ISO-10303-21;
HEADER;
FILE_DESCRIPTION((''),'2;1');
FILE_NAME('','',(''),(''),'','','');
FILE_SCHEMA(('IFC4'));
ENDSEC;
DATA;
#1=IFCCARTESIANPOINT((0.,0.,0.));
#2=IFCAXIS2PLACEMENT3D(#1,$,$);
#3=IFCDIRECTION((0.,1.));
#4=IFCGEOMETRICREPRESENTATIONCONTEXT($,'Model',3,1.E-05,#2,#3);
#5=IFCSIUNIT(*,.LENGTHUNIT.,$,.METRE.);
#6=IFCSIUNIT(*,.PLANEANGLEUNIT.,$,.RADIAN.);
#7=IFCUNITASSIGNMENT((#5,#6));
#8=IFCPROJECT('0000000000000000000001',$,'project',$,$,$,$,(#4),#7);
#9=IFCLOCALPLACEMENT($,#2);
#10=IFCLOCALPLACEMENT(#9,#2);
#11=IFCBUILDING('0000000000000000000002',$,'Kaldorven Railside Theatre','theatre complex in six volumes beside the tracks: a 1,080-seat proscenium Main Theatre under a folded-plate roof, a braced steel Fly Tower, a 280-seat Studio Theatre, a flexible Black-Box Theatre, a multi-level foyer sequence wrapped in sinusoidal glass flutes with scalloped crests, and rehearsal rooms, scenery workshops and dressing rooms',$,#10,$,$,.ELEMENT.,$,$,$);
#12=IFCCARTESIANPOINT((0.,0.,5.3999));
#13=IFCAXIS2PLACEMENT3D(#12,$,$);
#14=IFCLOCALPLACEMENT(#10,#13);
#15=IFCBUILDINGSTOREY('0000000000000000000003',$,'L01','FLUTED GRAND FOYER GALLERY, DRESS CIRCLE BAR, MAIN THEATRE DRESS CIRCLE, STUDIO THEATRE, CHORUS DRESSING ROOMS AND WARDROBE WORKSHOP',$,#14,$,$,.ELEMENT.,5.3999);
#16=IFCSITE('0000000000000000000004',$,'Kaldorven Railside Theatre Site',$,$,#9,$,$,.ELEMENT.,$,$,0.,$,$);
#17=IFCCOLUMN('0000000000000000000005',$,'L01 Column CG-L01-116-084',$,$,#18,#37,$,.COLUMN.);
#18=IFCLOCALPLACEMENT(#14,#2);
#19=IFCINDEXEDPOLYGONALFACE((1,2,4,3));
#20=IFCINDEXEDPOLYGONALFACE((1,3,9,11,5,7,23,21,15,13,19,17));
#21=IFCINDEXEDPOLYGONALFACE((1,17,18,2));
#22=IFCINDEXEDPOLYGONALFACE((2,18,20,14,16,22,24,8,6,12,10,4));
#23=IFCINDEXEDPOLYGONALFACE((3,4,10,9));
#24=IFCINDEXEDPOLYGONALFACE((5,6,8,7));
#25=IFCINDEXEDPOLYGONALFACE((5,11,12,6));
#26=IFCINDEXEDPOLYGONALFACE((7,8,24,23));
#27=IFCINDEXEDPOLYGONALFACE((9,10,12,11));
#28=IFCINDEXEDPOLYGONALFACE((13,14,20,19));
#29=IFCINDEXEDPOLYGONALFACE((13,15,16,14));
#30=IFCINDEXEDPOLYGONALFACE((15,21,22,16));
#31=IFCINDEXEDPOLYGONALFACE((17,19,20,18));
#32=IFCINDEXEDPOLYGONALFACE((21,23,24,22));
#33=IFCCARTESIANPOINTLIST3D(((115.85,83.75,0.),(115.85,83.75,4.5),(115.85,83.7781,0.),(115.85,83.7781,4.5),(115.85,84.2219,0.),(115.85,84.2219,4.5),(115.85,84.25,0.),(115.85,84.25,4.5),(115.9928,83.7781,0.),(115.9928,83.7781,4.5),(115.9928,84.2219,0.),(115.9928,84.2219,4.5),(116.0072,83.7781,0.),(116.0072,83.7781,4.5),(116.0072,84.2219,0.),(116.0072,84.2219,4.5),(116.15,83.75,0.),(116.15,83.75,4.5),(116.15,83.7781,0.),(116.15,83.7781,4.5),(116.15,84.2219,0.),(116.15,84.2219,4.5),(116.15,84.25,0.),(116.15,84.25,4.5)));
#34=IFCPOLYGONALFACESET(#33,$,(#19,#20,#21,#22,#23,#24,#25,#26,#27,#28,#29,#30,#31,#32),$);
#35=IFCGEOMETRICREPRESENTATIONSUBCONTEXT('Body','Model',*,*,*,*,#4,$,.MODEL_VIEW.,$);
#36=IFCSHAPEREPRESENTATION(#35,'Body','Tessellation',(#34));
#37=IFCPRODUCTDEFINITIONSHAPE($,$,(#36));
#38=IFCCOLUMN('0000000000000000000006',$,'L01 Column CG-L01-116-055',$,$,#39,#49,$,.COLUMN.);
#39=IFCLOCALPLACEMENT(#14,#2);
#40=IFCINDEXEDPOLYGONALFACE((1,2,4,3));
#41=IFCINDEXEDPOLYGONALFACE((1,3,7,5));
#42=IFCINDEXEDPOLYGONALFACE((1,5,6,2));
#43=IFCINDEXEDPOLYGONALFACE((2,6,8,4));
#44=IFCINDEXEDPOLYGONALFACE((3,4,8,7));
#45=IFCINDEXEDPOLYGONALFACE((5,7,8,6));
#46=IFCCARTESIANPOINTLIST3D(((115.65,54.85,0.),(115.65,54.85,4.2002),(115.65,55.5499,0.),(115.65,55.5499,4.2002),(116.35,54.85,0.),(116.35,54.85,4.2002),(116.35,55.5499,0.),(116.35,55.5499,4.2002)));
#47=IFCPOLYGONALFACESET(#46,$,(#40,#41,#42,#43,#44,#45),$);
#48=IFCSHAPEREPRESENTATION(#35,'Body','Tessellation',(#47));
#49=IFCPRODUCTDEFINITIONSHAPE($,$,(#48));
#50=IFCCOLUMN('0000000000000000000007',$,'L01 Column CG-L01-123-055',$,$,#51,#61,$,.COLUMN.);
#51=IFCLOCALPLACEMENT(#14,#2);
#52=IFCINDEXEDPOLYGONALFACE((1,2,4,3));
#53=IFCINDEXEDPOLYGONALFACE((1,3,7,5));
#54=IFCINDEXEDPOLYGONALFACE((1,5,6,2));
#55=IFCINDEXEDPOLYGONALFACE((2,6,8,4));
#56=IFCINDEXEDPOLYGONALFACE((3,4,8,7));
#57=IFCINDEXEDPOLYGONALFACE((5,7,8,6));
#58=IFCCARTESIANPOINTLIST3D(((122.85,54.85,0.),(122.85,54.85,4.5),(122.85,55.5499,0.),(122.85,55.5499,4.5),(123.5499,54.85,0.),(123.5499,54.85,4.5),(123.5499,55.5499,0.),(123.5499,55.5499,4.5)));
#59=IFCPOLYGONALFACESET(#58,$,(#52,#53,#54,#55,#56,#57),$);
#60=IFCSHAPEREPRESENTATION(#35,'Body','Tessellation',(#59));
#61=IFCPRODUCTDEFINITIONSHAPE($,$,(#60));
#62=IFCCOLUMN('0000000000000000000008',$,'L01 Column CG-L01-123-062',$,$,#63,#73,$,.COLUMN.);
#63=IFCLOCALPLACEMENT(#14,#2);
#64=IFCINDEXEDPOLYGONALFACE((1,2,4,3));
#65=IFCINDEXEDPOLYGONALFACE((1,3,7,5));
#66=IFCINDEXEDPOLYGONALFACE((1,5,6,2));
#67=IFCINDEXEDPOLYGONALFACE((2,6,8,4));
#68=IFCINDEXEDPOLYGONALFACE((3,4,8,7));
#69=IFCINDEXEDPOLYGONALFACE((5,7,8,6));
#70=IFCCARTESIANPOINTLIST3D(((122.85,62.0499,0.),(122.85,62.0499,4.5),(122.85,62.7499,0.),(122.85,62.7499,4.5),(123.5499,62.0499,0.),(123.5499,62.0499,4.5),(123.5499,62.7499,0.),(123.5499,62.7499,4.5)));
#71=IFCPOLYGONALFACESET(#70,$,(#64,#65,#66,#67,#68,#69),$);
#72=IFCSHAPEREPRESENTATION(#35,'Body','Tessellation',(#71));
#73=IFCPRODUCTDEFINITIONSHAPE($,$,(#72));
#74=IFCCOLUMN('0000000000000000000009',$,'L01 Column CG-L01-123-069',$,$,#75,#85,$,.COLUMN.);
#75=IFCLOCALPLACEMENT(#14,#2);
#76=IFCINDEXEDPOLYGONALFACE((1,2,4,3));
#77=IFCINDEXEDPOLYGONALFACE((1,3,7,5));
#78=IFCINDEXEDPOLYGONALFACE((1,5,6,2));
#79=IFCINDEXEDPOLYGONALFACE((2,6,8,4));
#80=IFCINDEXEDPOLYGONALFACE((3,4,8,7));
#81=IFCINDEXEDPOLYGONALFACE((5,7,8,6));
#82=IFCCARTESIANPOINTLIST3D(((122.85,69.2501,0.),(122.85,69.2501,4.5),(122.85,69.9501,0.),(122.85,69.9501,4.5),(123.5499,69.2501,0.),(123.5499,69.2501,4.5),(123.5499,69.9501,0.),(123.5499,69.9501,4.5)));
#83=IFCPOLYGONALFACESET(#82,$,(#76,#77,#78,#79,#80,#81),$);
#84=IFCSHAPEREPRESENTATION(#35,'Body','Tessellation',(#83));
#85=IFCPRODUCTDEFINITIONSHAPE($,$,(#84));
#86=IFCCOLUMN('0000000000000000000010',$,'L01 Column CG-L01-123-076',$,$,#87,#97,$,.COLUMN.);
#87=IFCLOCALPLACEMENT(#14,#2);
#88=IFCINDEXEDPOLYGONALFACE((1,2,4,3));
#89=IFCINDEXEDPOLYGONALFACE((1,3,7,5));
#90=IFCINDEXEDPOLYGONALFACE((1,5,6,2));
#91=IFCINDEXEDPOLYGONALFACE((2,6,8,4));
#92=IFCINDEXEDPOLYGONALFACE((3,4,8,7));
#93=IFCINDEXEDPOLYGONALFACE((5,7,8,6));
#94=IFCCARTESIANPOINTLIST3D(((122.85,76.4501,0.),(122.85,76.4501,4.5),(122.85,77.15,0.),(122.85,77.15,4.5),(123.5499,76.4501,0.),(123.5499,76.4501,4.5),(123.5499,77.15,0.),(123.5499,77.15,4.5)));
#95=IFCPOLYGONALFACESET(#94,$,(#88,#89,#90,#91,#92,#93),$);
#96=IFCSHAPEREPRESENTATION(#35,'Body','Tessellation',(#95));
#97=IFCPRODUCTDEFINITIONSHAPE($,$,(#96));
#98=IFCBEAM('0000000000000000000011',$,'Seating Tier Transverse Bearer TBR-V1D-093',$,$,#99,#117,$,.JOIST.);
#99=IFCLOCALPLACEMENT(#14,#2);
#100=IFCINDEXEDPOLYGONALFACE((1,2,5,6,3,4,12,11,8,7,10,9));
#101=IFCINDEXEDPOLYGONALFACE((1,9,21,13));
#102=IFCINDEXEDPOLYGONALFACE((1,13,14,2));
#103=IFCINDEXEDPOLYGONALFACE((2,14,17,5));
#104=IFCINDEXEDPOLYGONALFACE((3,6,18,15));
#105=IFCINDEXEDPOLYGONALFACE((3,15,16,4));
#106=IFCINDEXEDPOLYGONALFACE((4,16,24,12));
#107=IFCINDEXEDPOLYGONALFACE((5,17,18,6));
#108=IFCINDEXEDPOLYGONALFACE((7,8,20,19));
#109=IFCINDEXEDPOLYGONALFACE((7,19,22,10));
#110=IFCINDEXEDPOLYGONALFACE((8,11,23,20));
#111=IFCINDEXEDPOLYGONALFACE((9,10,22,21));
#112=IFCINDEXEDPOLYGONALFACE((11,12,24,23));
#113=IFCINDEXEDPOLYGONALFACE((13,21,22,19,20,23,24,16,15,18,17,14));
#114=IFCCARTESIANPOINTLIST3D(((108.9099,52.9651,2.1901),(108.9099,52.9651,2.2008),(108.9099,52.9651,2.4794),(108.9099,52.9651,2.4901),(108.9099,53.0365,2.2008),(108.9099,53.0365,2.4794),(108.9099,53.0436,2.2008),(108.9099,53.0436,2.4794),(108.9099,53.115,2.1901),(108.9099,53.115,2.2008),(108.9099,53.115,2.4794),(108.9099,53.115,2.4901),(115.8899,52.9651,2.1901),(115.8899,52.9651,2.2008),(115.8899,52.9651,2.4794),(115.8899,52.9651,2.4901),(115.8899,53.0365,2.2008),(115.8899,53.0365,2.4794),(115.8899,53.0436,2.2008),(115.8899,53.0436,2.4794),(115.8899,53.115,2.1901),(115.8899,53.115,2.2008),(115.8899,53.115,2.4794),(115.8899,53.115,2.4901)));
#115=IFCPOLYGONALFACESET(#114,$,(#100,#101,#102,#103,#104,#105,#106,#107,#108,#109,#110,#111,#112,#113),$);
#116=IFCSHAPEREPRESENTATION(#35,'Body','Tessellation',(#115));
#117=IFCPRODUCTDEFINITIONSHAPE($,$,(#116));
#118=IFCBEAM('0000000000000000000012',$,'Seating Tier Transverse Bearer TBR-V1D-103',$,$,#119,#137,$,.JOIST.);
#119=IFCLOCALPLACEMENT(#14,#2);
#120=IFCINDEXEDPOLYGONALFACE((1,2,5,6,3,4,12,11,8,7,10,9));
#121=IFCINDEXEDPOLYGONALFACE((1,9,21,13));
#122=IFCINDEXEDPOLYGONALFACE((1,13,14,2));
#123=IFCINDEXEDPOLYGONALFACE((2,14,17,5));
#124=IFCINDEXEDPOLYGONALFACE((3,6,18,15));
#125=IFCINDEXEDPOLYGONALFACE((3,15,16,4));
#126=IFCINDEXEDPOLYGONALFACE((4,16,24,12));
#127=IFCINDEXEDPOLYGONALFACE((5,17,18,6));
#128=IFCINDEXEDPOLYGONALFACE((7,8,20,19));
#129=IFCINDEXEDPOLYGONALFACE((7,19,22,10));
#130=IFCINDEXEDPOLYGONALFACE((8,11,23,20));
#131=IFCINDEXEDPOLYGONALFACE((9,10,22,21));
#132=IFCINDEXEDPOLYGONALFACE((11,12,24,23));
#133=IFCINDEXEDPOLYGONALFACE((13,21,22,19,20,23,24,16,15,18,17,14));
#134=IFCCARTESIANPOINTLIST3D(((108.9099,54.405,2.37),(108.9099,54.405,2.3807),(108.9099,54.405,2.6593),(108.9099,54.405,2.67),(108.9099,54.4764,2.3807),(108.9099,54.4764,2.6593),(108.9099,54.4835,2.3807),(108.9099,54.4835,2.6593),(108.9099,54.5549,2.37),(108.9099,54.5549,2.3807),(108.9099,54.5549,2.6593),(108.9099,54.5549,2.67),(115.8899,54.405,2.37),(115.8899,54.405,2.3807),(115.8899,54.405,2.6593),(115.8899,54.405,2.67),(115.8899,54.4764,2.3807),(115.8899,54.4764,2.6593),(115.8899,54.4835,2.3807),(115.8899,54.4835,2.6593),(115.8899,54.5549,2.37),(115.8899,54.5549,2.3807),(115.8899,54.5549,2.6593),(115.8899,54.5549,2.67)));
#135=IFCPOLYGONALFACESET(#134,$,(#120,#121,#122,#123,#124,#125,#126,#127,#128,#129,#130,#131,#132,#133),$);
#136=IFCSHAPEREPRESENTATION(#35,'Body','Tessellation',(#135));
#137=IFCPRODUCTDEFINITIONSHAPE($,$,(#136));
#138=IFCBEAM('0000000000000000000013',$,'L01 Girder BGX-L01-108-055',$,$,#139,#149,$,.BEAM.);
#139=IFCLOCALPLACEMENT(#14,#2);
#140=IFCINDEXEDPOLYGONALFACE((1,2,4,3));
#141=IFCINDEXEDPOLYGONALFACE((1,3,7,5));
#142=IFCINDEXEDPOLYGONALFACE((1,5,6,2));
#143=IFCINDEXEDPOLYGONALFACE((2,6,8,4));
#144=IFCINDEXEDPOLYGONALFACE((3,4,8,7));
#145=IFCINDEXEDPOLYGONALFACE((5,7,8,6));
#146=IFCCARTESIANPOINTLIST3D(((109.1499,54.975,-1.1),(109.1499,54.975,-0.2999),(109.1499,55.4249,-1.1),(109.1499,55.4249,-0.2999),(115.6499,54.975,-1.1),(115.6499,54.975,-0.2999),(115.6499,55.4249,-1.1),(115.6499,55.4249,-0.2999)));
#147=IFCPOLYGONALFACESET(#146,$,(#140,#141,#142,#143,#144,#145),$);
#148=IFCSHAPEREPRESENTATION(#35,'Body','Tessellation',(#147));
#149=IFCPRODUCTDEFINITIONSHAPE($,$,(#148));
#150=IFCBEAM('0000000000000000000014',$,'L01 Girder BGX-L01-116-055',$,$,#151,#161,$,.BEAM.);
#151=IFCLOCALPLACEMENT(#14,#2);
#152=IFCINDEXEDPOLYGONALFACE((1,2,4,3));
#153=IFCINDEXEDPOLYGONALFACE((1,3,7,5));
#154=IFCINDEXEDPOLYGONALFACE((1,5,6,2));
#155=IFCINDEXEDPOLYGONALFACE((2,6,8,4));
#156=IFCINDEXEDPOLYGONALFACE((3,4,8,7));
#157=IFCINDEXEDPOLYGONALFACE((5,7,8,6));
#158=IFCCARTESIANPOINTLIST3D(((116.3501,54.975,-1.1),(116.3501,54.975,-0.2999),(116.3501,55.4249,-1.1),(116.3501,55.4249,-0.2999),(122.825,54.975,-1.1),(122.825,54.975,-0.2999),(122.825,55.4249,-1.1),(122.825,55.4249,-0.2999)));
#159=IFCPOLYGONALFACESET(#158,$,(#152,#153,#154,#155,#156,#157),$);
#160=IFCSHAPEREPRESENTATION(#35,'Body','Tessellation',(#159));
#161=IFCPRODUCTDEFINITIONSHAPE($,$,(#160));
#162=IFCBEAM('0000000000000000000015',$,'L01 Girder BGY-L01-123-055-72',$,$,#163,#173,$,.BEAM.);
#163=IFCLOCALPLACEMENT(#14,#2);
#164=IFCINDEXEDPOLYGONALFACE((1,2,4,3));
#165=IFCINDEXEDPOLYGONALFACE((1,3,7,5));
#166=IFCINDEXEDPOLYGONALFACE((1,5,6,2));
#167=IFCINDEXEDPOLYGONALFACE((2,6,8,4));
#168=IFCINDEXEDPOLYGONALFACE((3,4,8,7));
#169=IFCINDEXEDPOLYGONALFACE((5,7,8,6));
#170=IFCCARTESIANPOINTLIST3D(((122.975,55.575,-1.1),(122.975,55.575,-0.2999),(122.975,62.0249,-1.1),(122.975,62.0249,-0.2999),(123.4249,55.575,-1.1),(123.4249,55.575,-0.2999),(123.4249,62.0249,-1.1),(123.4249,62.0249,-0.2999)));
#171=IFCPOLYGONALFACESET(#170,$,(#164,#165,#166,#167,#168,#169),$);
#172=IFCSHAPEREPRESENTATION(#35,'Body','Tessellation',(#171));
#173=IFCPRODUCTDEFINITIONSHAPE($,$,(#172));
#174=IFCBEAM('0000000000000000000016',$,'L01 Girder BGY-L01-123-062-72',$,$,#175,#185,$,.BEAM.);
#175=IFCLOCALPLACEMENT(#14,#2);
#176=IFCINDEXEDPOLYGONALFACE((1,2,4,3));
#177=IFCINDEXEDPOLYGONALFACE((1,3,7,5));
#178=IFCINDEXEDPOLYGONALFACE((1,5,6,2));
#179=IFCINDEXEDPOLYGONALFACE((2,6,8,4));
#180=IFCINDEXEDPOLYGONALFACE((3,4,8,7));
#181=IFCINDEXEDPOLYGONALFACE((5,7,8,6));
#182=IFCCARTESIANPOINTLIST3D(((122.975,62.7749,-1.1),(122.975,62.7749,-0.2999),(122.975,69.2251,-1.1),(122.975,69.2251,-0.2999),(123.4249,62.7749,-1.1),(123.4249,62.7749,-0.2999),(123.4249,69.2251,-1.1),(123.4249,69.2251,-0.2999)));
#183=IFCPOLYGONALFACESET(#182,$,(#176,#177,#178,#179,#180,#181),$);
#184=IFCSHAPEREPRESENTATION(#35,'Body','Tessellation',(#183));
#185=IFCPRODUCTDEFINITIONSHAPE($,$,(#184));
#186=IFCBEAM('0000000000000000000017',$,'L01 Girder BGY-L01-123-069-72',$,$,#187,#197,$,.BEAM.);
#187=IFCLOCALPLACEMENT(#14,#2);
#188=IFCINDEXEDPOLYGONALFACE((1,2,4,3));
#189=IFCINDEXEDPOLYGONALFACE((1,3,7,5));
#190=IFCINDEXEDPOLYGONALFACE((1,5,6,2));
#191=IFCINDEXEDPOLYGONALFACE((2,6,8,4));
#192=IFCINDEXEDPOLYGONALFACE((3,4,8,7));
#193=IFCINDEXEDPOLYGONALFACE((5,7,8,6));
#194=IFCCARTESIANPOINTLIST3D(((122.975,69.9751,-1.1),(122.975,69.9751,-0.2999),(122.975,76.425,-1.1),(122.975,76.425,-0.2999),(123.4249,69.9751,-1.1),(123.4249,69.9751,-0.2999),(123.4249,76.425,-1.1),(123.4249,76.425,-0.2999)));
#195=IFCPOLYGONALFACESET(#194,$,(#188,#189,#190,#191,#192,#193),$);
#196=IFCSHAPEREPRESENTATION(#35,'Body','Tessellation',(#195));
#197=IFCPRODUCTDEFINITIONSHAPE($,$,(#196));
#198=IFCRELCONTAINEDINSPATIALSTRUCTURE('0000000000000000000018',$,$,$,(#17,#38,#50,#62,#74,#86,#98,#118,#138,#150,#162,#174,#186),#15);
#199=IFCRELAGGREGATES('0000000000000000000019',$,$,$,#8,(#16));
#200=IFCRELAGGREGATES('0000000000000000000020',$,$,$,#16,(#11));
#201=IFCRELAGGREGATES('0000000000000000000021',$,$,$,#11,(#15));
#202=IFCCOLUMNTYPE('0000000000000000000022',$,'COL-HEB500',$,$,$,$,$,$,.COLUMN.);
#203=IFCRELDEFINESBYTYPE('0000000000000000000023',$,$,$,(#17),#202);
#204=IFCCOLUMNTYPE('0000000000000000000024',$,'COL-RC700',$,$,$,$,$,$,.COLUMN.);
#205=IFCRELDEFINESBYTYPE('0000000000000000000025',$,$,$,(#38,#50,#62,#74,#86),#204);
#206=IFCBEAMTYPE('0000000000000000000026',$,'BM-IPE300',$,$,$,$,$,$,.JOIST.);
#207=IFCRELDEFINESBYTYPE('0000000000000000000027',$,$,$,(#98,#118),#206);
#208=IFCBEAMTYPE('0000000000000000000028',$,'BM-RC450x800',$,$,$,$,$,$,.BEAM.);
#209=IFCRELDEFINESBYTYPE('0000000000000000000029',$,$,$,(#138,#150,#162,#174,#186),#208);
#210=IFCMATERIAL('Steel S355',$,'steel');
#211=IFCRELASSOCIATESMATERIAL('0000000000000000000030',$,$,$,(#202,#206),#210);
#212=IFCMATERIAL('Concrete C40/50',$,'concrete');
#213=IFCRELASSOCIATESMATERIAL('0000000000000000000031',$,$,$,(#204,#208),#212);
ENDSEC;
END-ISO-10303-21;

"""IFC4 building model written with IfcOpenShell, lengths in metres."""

from ifc_helpers import new_model, si_unit, direction, frame, origin, origin_2d, place, context, subcontext, project, spatial, rectangle, i_section, extrude, material, material_profile, profile_set, type_object, element, save


model = new_model("IFC4")

# Units and contexts
model_context = context("Model", 3, precision=1e-05, world=origin(), true_north=direction((0.0, 1.0)))
body_context = subcontext(model_context, "Body", "Model", "MODEL_VIEW")
ifc_project = project(units=[si_unit("LENGTHUNIT", "METRE"), si_unit("PLANEANGLEUNIT", "RADIAN")], contexts=[model_context])

# Site, building, storey
site_placement = place(None, origin())
site = spatial("IfcSite", under=ifc_project, at=site_placement, Name="Kaldorven Railside Theatre Site", CompositionType="ELEMENT", RefElevation=0.0)
building_placement = place(site_placement, origin())
building = spatial("IfcBuilding", under=site, at=building_placement, Name="Kaldorven Railside Theatre", Description="theatre complex in six volumes beside the tracks: a 1,080-seat proscenium Main Theatre under a folded-plate roof, a braced steel Fly Tower, a 280-seat Studio Theatre, a flexible Black-Box Theatre, a multi-level foyer sequence wrapped in sinusoidal glass flutes with scalloped crests, and rehearsal rooms, scenery workshops and dressing rooms", CompositionType="ELEMENT")
storey_placement = place(building_placement, frame((0.0, 0.0, 5.3999)))
storey = spatial("IfcBuildingStorey", under=building, at=storey_placement, Name="L01", Description="FLUTED GRAND FOYER GALLERY, DRESS CIRCLE BAR, MAIN THEATRE DRESS CIRCLE, STUDIO THEATRE, CHORUS DRESSING ROOMS AND WARDROBE WORKSHOP", CompositionType="ELEMENT", Elevation=5.3999)

# Columns
ifc_material_1 = material(Name="Steel S355", Category="steel")
ifc_material_profile_1 = material_profile(ifc_material_1, i_section(OverallWidth=0.3, OverallDepth=0.5, WebThickness=0.0144, FlangeThickness=0.0281, at=origin_2d()), Name="HEB 500")
ifc_profile_set_1 = profile_set([ifc_material_profile_1], Name="Steel S355")
column_type_1 = type_object("IfcColumnType", Name="COL-HEB500", PredefinedType="COLUMN", material=ifc_profile_set_1)
column_1_placement = place(storey_placement, frame((116.0, 84.0, 0.0), z_axis=(0.0, 0.0, 1.0), x_axis=(1.0, 0.0, 0.0)))
element("IfcColumn", 1, at=column_1_placement, inside=storey, type_object=column_type_1, Name="L01 Column CG-L01-116-084", PredefinedType="COLUMN", context=body_context, shape_type="SweptSolid", body=[
    extrude(i_section(OverallWidth=0.3, OverallDepth=0.5, WebThickness=0.0144, FlangeThickness=0.0281, at=origin_2d()), origin(), (0.0, 0.0, 1.0), 4.5),
])
ifc_material_2 = material(Name="Concrete C40/50", Category="concrete")
ifc_material_profile_2 = material_profile(ifc_material_2, rectangle(XDim=0.7, YDim=0.7, at=origin_2d()), Name="RC 700x700")
ifc_profile_set_2 = profile_set([ifc_material_profile_2], Name="Concrete C40/50")
column_type_2 = type_object("IfcColumnType", Name="COL-RC700", PredefinedType="COLUMN", material=ifc_profile_set_2)
column_2_placement = place(storey_placement, frame((116.0, 55.2, 0.0), z_axis=(0.0, 0.0, 1.0), x_axis=(0.0, 1.0, 0.0)))
element("IfcColumn", 2, at=column_2_placement, inside=storey, type_object=column_type_2, Name="L01 Column CG-L01-116-055", PredefinedType="COLUMN", context=body_context, shape_type="SweptSolid", body=[
    extrude(rectangle(XDim=0.7, YDim=0.7, at=origin_2d()), origin(), (0.0, 0.0, 1.0), 4.2002),
])
for number, where, z_axis, x_axis, name in (
    (3, (123.2, 55.2, 0.0), (0.0, 0.0, 1.0), (1.0, 0.0, 0.0), "L01 Column CG-L01-123-055"),
    (4, (123.2, 62.3999, 0.0), (0.0, 0.0, 1.0), (0.0, 1.0, 0.0), "L01 Column CG-L01-123-062"),
    (5, (123.2, 69.6001, 0.0), (0.0, 0.0, 1.0), (1.0, 0.0, 0.0), "L01 Column CG-L01-123-069"),
    (6, (123.2, 76.8, 0.0), (0.0, 0.0, 1.0), (1.0, 0.0, 0.0), "L01 Column CG-L01-123-076"),
):
    element("IfcColumn", number, at=place(storey_placement, frame(where, z_axis=z_axis, x_axis=x_axis)), inside=storey, type_object=column_type_2, Name=name, PredefinedType="COLUMN", context=body_context, shape_type="SweptSolid", body=[
        extrude(rectangle(XDim=0.7, YDim=0.7, at=origin_2d()), origin(), (0.0, 0.0, 1.0), 4.5),
    ])

# Beams
ifc_material_profile_3 = material_profile(ifc_material_1, i_section(OverallWidth=0.1499, OverallDepth=0.3, WebThickness=0.0071, FlangeThickness=0.0107, at=origin_2d()), Name="IPE 300")
ifc_profile_set_3 = profile_set([ifc_material_profile_3], Name="Steel S355")
beam_type_1 = type_object("IfcBeamType", Name="BM-IPE300", PredefinedType="JOIST", material=ifc_profile_set_3)
for number, where, z_axis, x_axis, name in (
    (7, (108.9099, 53.04, 2.3401), (1.0, 0.0, 0.0), (0.0, 1.0, 0.0), "Seating Tier Transverse Bearer TBR-V1D-093"),
    (8, (108.9099, 54.48, 2.52), (1.0, 0.0, 0.0), (0.0, 1.0, 0.0), "Seating Tier Transverse Bearer TBR-V1D-103"),
):
    element("IfcBeam", number, at=place(storey_placement, frame(where, z_axis=z_axis, x_axis=x_axis)), inside=storey, type_object=beam_type_1, Name=name, PredefinedType="JOIST", context=body_context, shape_type="SweptSolid", body=[
        extrude(i_section(OverallWidth=0.1499, OverallDepth=0.3, WebThickness=0.0071, FlangeThickness=0.0107, at=origin_2d()), origin(), (0.0, 0.0, 1.0), 6.98),
    ])
ifc_material_profile_4 = material_profile(ifc_material_2, rectangle(XDim=0.45, YDim=0.8, at=origin_2d()), Name="RC 450x800")
ifc_profile_set_4 = profile_set([ifc_material_profile_4], Name="Concrete C40/50")
beam_type_2 = type_object("IfcBeamType", Name="BM-RC450x800", PredefinedType="BEAM", material=ifc_profile_set_4)
beam_1_placement = place(storey_placement, frame((109.1499, 55.2, -0.7), z_axis=(1.0, 0.0, 0.0), x_axis=(0.0, 1.0, 0.0)))
element("IfcBeam", 9, at=beam_1_placement, inside=storey, type_object=beam_type_2, Name="L01 Girder BGX-L01-108-055", PredefinedType="BEAM", context=body_context, shape_type="SweptSolid", body=[
    extrude(rectangle(XDim=0.45, YDim=0.8, at=origin_2d()), origin(), (0.0, 0.0, 1.0), 6.5),
])
beam_2_placement = place(storey_placement, frame((116.3501, 55.2, -0.7), z_axis=(1.0, 0.0, 0.0), x_axis=(0.0, 1.0, 0.0)))
element("IfcBeam", 10, at=beam_2_placement, inside=storey, type_object=beam_type_2, Name="L01 Girder BGX-L01-116-055", PredefinedType="BEAM", context=body_context, shape_type="SweptSolid", body=[
    extrude(rectangle(XDim=0.45, YDim=0.8, at=origin_2d()), origin(), (0.0, 0.0, 1.0), 6.4749),
])
beam_3_placement = place(storey_placement, frame((123.2, 55.575, -0.7), z_axis=(0.0, 1.0, 0.0), x_axis=(-1.0, 0.0, 0.0)))
element("IfcBeam", 11, at=beam_3_placement, inside=storey, type_object=beam_type_2, Name="L01 Girder BGY-L01-123-055-72", PredefinedType="BEAM", context=body_context, shape_type="SweptSolid", body=[
    extrude(rectangle(XDim=0.45, YDim=0.8, at=origin_2d()), origin(), (0.0, 0.0, 1.0), 6.45),
])
beam_4_placement = place(storey_placement, frame((123.2, 62.7749, -0.7), z_axis=(0.0, 1.0, 0.0), x_axis=(-1.0, 0.0, 0.0)))
element("IfcBeam", 12, at=beam_4_placement, inside=storey, type_object=beam_type_2, Name="L01 Girder BGY-L01-123-062-72", PredefinedType="BEAM", context=body_context, shape_type="SweptSolid", body=[
    extrude(rectangle(XDim=0.45, YDim=0.8, at=origin_2d()), origin(), (0.0, 0.0, 1.0), 6.4502),
])
beam_5_placement = place(storey_placement, frame((123.2, 69.9751, -0.7), z_axis=(0.0, 1.0, 0.0), x_axis=(-1.0, 0.0, 0.0)))
element("IfcBeam", 13, at=beam_5_placement, inside=storey, type_object=beam_type_2, Name="L01 Girder BGY-L01-123-069-72", PredefinedType="BEAM", context=body_context, shape_type="SweptSolid", body=[
    extrude(rectangle(XDim=0.45, YDim=0.8, at=origin_2d()), origin(), (0.0, 0.0, 1.0), 6.45),
])

save(model, "model.ifc")
